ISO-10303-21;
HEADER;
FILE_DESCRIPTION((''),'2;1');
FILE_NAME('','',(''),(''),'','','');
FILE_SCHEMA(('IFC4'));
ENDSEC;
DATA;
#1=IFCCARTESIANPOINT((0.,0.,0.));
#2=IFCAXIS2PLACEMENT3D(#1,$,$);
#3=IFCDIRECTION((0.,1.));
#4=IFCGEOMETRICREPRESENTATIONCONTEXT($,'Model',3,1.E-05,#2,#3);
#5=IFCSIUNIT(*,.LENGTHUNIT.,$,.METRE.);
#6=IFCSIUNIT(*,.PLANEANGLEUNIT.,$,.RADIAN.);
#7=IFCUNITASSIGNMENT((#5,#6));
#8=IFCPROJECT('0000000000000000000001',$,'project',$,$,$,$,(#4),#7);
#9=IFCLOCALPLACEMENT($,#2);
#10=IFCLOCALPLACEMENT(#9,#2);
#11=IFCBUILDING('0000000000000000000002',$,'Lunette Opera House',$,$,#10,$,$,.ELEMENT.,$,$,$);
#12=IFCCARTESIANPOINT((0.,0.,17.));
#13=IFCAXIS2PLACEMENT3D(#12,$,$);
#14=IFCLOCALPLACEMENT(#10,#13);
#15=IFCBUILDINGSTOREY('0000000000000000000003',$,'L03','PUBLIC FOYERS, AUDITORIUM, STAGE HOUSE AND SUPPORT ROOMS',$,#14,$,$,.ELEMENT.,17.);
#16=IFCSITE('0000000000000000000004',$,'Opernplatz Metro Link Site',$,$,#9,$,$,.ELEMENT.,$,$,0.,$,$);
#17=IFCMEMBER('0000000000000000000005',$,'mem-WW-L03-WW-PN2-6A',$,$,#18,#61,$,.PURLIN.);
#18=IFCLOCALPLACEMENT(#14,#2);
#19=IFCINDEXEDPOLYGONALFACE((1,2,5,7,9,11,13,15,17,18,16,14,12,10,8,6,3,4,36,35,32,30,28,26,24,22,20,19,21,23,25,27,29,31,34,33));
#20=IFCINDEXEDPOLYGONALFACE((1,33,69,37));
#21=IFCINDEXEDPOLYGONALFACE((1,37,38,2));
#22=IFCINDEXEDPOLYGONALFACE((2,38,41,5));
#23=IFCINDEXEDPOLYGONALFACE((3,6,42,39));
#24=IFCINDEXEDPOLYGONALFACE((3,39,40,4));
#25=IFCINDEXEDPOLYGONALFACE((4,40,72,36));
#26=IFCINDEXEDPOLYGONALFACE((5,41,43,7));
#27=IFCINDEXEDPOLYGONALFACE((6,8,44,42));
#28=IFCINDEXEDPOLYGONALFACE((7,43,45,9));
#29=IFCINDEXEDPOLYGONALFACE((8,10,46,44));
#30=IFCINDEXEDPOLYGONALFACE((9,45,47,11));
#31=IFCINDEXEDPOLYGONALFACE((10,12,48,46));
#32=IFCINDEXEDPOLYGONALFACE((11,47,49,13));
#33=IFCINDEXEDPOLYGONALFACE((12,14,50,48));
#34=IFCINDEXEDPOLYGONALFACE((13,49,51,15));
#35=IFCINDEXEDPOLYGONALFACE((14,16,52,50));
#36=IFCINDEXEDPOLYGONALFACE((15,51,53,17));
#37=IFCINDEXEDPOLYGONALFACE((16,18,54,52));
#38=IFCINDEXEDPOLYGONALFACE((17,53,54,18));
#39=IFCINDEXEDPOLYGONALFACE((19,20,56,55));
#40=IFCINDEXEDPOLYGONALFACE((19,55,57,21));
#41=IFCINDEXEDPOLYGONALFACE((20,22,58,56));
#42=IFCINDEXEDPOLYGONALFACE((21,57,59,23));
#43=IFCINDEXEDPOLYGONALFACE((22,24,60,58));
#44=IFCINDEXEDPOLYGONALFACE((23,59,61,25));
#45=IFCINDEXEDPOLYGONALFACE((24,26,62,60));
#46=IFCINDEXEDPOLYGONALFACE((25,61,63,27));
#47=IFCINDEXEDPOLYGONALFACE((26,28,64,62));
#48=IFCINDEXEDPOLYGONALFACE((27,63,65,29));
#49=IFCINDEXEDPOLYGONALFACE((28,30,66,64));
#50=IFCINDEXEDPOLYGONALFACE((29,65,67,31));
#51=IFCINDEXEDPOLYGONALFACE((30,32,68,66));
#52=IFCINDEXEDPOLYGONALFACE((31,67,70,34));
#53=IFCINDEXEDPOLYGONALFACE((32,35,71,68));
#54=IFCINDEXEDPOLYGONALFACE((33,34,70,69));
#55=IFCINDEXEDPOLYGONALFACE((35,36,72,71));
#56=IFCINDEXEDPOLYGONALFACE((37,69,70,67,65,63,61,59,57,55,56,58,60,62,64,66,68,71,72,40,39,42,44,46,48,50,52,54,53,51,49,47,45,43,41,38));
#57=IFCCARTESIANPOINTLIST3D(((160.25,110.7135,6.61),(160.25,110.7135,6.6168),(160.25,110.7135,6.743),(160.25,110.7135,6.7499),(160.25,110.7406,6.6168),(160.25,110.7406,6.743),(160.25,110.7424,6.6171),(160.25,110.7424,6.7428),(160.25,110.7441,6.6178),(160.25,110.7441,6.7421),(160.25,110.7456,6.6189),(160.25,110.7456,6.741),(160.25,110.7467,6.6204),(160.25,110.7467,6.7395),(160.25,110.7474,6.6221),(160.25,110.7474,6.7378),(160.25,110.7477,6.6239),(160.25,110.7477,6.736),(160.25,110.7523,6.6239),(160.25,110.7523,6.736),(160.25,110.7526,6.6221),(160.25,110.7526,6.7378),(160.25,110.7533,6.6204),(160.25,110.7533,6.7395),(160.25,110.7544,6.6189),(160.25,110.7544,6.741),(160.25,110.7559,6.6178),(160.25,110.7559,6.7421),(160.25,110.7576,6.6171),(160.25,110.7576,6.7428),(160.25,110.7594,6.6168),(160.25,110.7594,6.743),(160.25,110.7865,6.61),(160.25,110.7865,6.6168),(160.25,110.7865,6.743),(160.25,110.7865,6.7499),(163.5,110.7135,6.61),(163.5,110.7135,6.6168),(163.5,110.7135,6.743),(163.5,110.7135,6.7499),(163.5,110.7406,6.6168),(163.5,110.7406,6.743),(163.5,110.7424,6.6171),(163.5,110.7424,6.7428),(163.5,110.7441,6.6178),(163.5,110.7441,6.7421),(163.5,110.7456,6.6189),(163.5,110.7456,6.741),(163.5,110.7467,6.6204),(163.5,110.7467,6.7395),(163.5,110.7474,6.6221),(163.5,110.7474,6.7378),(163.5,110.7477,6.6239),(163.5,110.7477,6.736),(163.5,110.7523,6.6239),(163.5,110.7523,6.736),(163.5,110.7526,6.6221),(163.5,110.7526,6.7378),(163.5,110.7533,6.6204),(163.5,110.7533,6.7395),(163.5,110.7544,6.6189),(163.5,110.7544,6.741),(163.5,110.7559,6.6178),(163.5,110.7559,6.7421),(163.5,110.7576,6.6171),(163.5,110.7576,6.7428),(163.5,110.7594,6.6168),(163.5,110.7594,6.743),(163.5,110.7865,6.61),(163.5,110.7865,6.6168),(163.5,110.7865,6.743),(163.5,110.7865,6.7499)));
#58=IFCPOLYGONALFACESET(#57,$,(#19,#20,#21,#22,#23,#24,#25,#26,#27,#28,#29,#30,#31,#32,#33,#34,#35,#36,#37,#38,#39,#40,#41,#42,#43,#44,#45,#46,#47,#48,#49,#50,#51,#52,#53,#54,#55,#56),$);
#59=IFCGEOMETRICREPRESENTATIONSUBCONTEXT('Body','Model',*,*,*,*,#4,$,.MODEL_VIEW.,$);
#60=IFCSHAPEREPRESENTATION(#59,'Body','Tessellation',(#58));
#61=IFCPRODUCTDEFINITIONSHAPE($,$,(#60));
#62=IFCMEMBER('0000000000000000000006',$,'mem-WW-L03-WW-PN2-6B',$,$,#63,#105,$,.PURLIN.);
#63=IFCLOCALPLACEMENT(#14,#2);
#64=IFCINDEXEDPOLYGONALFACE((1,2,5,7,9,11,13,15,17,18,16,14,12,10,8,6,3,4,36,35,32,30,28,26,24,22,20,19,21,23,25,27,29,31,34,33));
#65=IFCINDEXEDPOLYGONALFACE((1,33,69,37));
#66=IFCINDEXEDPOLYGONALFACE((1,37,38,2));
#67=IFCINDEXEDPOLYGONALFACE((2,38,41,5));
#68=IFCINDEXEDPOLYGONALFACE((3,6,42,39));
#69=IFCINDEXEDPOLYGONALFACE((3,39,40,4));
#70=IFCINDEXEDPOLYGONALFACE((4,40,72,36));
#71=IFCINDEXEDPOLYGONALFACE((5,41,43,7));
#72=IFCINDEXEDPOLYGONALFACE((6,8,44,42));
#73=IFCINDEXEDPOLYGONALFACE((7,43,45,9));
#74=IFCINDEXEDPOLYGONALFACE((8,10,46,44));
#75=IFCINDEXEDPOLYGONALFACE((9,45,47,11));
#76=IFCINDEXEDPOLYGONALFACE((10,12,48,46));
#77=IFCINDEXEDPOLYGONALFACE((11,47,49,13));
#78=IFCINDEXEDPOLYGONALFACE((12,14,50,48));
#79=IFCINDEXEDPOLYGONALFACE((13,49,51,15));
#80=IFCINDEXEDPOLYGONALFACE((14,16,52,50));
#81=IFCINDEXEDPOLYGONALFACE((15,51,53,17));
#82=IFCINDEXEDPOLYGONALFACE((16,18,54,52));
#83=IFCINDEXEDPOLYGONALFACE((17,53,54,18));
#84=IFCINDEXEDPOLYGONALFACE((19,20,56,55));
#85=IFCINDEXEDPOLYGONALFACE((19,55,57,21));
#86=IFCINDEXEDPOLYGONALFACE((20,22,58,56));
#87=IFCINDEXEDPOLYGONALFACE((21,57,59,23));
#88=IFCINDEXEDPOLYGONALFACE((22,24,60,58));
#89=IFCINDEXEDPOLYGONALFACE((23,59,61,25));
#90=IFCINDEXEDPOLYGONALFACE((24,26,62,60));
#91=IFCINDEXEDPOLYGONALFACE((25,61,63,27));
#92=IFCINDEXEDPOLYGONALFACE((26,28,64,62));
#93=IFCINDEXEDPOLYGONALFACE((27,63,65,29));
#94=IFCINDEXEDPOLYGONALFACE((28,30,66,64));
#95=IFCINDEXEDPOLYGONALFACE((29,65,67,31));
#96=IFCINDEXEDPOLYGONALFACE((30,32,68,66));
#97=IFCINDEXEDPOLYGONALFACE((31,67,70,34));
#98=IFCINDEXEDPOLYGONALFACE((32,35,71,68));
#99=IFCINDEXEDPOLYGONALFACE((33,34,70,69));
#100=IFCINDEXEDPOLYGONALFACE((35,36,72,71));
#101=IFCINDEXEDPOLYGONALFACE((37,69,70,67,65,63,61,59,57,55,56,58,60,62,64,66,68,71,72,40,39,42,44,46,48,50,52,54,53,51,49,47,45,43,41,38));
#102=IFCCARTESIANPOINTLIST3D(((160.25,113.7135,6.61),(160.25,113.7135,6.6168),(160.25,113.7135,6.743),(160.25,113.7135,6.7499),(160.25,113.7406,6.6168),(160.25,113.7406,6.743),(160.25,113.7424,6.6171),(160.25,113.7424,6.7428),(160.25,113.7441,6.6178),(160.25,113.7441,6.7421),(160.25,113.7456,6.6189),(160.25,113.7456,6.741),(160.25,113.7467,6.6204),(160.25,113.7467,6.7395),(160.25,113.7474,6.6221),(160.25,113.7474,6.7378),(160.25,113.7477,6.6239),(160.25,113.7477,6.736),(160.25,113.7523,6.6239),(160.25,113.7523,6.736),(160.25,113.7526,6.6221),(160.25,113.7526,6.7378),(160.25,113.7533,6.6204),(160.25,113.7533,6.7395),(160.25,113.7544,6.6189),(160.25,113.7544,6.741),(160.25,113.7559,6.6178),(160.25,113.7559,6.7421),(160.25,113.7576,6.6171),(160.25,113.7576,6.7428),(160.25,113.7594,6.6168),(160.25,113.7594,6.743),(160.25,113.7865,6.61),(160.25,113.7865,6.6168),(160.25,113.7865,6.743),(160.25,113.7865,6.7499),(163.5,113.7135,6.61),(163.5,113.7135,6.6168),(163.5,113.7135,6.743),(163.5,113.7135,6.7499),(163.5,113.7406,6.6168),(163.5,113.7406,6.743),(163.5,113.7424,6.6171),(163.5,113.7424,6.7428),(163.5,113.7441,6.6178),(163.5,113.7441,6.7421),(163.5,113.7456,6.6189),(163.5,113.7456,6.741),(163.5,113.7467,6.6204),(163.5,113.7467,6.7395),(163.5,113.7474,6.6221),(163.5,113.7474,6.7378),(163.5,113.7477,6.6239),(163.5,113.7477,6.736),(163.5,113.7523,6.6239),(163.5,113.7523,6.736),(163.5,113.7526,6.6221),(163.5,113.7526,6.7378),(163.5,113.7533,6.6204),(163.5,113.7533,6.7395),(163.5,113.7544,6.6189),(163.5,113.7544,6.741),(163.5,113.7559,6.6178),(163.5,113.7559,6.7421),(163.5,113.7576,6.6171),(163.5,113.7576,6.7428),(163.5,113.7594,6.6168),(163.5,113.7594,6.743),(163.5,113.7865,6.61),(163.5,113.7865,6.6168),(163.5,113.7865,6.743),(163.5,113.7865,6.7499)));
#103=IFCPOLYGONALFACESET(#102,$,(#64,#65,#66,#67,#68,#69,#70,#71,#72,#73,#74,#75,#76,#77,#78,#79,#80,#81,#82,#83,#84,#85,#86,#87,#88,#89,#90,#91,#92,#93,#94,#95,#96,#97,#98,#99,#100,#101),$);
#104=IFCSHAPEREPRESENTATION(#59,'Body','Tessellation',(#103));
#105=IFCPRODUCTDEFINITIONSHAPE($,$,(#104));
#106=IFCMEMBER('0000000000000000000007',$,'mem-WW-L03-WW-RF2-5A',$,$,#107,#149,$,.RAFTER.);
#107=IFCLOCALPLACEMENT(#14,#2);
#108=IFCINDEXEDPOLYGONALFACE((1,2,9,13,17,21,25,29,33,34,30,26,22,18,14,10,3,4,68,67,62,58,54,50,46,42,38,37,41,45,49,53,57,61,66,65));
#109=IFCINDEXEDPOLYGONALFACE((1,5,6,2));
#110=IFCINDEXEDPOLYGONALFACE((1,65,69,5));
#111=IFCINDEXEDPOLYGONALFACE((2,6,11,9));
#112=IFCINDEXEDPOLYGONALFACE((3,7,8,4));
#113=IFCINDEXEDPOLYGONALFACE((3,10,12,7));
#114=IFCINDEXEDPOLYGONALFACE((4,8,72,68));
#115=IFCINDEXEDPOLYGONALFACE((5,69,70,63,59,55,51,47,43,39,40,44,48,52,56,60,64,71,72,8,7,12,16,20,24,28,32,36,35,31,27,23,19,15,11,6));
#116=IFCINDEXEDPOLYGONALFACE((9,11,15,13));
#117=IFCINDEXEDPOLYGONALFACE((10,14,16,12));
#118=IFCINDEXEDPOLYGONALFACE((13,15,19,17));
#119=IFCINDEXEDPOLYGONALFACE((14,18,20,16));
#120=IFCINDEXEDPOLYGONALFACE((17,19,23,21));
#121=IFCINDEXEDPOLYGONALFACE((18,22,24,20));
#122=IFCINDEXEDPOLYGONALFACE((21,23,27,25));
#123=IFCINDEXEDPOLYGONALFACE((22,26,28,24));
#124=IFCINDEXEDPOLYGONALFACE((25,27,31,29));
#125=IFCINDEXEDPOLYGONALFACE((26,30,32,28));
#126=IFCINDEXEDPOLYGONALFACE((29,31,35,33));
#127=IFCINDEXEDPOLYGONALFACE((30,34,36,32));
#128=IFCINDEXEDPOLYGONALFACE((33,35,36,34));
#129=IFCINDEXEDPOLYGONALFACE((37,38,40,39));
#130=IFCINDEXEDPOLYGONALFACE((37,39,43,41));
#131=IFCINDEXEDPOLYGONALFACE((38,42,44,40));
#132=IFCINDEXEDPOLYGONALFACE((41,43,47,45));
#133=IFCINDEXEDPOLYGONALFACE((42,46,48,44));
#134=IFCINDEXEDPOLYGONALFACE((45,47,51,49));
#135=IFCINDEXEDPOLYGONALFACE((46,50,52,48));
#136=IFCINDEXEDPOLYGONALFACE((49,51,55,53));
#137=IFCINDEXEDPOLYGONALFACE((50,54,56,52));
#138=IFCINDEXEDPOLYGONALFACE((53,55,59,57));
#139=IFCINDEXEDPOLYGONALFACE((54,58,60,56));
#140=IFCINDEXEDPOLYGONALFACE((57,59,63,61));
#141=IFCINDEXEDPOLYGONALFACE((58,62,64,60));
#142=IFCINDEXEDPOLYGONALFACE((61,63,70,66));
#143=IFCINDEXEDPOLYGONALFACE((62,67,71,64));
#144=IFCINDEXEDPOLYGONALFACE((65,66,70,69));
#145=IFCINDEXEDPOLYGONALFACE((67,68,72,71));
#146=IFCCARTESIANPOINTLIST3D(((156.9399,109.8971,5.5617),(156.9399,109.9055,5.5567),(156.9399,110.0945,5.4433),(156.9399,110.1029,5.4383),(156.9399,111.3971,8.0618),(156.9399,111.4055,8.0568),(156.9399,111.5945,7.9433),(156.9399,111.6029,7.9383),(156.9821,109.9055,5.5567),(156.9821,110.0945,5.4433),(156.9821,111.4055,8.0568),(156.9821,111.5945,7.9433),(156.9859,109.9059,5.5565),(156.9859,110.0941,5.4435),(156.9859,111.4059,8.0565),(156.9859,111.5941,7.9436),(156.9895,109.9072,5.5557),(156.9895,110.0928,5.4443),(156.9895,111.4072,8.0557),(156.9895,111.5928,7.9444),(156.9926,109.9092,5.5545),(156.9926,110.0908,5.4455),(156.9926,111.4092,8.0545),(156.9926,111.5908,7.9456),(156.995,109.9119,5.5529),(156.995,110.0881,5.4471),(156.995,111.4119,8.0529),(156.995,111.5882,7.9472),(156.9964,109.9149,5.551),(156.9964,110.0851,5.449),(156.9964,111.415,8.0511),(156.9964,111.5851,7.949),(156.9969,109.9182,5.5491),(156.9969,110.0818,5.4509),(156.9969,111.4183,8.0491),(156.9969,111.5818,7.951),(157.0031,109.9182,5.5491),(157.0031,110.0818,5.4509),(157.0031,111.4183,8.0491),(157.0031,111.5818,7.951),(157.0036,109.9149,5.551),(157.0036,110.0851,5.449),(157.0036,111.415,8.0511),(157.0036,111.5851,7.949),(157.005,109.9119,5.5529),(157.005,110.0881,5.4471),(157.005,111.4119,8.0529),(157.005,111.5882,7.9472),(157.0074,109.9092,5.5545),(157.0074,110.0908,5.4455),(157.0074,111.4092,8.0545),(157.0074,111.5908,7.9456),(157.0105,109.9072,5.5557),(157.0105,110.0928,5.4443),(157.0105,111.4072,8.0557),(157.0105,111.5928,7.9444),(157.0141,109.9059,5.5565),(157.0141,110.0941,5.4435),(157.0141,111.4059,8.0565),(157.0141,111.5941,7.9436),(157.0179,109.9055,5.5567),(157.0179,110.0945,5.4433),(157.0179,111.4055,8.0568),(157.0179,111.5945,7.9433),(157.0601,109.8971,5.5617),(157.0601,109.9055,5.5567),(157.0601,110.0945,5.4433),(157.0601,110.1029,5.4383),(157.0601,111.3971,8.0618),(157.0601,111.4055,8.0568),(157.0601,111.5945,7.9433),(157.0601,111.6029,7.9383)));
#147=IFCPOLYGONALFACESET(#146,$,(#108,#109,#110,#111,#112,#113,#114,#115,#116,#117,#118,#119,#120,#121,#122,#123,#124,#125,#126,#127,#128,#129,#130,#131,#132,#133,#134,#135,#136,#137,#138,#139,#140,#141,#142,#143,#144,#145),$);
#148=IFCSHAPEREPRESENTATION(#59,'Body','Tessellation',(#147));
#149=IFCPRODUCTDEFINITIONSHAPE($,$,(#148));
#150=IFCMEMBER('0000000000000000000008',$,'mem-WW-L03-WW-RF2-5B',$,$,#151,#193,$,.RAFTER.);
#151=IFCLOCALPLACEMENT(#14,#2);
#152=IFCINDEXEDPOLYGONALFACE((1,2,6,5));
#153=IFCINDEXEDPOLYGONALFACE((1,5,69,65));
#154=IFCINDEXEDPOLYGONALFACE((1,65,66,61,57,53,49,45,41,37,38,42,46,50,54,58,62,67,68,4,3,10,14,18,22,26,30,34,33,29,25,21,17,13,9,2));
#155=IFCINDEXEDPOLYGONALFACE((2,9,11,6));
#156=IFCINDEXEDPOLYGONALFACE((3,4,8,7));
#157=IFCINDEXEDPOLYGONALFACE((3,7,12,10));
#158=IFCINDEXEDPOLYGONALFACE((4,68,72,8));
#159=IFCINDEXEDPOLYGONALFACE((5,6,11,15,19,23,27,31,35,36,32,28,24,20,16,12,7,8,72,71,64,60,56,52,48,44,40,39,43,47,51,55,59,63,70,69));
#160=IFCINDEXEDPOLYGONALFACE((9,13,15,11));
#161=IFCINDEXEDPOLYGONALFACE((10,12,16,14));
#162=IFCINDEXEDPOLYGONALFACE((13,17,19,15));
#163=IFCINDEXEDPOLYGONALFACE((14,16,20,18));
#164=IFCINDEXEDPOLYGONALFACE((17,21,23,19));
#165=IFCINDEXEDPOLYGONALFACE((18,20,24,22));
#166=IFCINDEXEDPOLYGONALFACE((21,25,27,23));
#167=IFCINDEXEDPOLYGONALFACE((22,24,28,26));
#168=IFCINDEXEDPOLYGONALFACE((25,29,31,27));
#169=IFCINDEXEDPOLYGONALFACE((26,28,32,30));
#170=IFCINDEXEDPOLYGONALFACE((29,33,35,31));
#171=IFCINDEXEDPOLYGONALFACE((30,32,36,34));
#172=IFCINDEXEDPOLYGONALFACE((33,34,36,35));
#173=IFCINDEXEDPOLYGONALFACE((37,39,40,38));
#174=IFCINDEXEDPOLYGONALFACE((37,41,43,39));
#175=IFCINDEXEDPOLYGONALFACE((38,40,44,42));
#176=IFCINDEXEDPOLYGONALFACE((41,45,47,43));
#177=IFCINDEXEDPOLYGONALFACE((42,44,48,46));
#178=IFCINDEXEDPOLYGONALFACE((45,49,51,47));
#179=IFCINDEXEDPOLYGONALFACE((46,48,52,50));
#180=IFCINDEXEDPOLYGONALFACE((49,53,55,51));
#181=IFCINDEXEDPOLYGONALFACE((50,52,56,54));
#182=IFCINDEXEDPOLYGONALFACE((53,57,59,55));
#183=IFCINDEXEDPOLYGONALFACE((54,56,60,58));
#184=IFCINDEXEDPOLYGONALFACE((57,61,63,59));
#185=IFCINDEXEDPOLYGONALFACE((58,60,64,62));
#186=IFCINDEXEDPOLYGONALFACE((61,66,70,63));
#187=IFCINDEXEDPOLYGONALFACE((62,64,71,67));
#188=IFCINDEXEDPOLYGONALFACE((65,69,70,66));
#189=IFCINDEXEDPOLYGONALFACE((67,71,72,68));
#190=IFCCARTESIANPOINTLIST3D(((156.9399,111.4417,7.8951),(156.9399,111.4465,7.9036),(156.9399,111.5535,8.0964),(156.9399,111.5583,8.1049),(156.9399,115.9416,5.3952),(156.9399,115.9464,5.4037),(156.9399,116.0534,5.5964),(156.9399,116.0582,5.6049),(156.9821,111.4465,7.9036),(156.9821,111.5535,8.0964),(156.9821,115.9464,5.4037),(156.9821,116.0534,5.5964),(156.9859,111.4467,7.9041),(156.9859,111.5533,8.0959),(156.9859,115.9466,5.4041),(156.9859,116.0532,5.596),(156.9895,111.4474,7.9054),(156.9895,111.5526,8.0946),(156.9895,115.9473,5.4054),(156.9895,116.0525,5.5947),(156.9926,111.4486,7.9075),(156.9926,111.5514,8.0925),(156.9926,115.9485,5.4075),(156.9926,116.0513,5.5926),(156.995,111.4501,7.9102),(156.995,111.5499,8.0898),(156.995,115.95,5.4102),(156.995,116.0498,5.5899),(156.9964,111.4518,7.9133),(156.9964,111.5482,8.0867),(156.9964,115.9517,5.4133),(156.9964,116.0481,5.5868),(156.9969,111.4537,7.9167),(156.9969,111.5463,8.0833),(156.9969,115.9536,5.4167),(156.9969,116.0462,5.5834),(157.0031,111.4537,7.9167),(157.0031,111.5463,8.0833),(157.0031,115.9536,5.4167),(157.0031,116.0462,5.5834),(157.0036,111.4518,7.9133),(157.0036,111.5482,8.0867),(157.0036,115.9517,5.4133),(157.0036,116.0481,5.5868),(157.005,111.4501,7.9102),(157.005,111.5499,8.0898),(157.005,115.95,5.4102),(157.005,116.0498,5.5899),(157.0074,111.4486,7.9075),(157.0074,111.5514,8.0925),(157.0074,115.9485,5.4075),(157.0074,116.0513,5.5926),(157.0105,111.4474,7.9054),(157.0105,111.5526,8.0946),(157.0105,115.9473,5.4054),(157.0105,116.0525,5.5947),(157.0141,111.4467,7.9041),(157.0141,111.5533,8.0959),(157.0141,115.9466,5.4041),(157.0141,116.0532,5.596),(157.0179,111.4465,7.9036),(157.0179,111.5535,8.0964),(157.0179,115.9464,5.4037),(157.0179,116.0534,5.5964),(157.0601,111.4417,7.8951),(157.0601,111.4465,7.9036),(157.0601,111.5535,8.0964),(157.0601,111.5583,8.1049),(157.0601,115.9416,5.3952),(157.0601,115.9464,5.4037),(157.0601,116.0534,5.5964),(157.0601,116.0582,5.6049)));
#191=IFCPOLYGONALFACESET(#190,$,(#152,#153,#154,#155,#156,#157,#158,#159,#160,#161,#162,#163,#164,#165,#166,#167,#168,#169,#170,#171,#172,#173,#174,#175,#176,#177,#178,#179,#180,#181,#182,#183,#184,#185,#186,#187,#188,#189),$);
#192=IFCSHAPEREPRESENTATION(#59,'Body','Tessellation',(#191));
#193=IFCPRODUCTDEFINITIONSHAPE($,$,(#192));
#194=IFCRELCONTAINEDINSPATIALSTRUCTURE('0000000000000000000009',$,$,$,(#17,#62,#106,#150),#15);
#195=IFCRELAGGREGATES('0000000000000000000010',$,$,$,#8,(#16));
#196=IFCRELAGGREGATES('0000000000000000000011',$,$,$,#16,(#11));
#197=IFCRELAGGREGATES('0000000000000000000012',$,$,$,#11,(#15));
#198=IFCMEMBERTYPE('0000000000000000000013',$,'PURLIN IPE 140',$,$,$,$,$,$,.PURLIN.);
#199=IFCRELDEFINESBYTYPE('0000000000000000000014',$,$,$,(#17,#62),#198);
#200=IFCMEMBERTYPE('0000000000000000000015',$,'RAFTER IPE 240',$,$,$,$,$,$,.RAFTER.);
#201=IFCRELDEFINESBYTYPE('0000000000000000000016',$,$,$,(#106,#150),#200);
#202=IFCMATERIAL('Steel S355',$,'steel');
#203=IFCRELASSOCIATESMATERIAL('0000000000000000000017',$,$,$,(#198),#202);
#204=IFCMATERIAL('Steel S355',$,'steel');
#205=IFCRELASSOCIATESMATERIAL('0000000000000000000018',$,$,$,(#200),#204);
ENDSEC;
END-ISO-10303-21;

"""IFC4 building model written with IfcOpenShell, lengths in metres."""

from ifc_helpers import new_model, si_unit, direction, frame, origin, origin_2d, place, context, subcontext, project, spatial, i_section, extrude, material, material_profile, profile_set, type_object, element, save


model = new_model("IFC4")

# Units and contexts
model_context = context("Model", 3, precision=1e-05, world=origin(), true_north=direction((0.0, 1.0)))
body_context = subcontext(model_context, "Body", "Model", "MODEL_VIEW")
ifc_project = project(units=[si_unit("LENGTHUNIT", "METRE"), si_unit("PLANEANGLEUNIT", "RADIAN")], contexts=[model_context])

# Site, building, storey
site_placement = place(None, origin())
site = spatial("IfcSite", under=ifc_project, at=site_placement, Name="Opernplatz Metro Link Site", CompositionType="ELEMENT", RefElevation=0.0)
building_placement = place(site_placement, origin())
building = spatial("IfcBuilding", under=site, at=building_placement, Name="Lunette Opera House", CompositionType="ELEMENT")
storey_placement = place(building_placement, frame((0.0, 0.0, 17.0)))
storey = spatial("IfcBuildingStorey", under=building, at=storey_placement, Name="L03", Description="PUBLIC FOYERS, AUDITORIUM, STAGE HOUSE AND SUPPORT ROOMS", CompositionType="ELEMENT", Elevation=17.0)

# Members
ifc_material_1 = material(Name="Steel S355", Category="steel")
ifc_material_profile_1 = material_profile(ifc_material_1, i_section(OverallWidth=0.073, OverallDepth=0.1399, WebThickness=0.0046, FlangeThickness=0.0068, FilletRadius=0.0071, at=origin_2d()), Name="IPE 140")
ifc_profile_set_1 = profile_set([ifc_material_profile_1], Name="Steel S355")
member_type_1 = type_object("IfcMemberType", Name="PURLIN IPE 140", PredefinedType="PURLIN", material=ifc_profile_set_1)
for number, where, z_axis, x_axis, name in (
    (1, (160.25, 110.75, 6.6799), (1.0, 0.0, 0.0), (0.0, 1.0, 0.0), "mem-WW-L03-WW-PN2-6A"),
    (2, (160.25, 113.75, 6.6799), (1.0, 0.0, 0.0), (0.0, 1.0, 0.0), "mem-WW-L03-WW-PN2-6B"),
):
    element("IfcMember", number, at=place(storey_placement, frame(where, z_axis=z_axis, x_axis=x_axis)), inside=storey, type_object=member_type_1, Name=name, PredefinedType="PURLIN", context=body_context, shape_type="SweptSolid", body=[
        extrude(i_section(OverallWidth=0.073, OverallDepth=0.1399, WebThickness=0.0046, FlangeThickness=0.0068, FilletRadius=0.0071, at=origin_2d()), origin(), (0.0, 0.0, 1.0), 3.25),
    ])
ifc_material_2 = material(Name="Steel S355", Category="steel")
ifc_material_profile_2 = material_profile(ifc_material_2, i_section(OverallWidth=0.1201, OverallDepth=0.24, WebThickness=0.0061, FlangeThickness=0.0098, FilletRadius=0.0149, at=origin_2d()), Name="IPE 240")
ifc_profile_set_2 = profile_set([ifc_material_profile_2], Name="Steel S355")
member_type_2 = type_object("IfcMemberType", Name="RAFTER IPE 240", PredefinedType="RAFTER", material=ifc_profile_set_2)
member_1_placement = place(storey_placement, frame((157.0, 110.0, 5.5), z_axis=(0.0, 0.514496, 0.857493), x_axis=(-1.0, 0.0, 0.0)))
element("IfcMember", 3, at=member_1_placement, inside=storey, type_object=member_type_2, Name="mem-WW-L03-WW-RF2-5A", PredefinedType="RAFTER", context=body_context, shape_type="SweptSolid", body=[
    extrude(i_section(OverallWidth=0.1201, OverallDepth=0.24, WebThickness=0.0061, FlangeThickness=0.0098, FilletRadius=0.0149, at=origin_2d()), origin(), (0.0, 0.0, 1.0), 2.9155),
])
member_2_placement = place(storey_placement, frame((157.0, 111.5, 8.0), z_axis=(0.0, 0.874157, -0.485643), x_axis=(-1.0, 0.0, 0.0)))
element("IfcMember", 4, at=member_2_placement, inside=storey, type_object=member_type_2, Name="mem-WW-L03-WW-RF2-5B", PredefinedType="RAFTER", context=body_context, shape_type="SweptSolid", body=[
    extrude(i_section(OverallWidth=0.1201, OverallDepth=0.24, WebThickness=0.0061, FlangeThickness=0.0098, FilletRadius=0.0149, at=origin_2d()), origin(), (0.0, 0.0, 1.0), 5.1477),
])

save(model, "model.ifc")
